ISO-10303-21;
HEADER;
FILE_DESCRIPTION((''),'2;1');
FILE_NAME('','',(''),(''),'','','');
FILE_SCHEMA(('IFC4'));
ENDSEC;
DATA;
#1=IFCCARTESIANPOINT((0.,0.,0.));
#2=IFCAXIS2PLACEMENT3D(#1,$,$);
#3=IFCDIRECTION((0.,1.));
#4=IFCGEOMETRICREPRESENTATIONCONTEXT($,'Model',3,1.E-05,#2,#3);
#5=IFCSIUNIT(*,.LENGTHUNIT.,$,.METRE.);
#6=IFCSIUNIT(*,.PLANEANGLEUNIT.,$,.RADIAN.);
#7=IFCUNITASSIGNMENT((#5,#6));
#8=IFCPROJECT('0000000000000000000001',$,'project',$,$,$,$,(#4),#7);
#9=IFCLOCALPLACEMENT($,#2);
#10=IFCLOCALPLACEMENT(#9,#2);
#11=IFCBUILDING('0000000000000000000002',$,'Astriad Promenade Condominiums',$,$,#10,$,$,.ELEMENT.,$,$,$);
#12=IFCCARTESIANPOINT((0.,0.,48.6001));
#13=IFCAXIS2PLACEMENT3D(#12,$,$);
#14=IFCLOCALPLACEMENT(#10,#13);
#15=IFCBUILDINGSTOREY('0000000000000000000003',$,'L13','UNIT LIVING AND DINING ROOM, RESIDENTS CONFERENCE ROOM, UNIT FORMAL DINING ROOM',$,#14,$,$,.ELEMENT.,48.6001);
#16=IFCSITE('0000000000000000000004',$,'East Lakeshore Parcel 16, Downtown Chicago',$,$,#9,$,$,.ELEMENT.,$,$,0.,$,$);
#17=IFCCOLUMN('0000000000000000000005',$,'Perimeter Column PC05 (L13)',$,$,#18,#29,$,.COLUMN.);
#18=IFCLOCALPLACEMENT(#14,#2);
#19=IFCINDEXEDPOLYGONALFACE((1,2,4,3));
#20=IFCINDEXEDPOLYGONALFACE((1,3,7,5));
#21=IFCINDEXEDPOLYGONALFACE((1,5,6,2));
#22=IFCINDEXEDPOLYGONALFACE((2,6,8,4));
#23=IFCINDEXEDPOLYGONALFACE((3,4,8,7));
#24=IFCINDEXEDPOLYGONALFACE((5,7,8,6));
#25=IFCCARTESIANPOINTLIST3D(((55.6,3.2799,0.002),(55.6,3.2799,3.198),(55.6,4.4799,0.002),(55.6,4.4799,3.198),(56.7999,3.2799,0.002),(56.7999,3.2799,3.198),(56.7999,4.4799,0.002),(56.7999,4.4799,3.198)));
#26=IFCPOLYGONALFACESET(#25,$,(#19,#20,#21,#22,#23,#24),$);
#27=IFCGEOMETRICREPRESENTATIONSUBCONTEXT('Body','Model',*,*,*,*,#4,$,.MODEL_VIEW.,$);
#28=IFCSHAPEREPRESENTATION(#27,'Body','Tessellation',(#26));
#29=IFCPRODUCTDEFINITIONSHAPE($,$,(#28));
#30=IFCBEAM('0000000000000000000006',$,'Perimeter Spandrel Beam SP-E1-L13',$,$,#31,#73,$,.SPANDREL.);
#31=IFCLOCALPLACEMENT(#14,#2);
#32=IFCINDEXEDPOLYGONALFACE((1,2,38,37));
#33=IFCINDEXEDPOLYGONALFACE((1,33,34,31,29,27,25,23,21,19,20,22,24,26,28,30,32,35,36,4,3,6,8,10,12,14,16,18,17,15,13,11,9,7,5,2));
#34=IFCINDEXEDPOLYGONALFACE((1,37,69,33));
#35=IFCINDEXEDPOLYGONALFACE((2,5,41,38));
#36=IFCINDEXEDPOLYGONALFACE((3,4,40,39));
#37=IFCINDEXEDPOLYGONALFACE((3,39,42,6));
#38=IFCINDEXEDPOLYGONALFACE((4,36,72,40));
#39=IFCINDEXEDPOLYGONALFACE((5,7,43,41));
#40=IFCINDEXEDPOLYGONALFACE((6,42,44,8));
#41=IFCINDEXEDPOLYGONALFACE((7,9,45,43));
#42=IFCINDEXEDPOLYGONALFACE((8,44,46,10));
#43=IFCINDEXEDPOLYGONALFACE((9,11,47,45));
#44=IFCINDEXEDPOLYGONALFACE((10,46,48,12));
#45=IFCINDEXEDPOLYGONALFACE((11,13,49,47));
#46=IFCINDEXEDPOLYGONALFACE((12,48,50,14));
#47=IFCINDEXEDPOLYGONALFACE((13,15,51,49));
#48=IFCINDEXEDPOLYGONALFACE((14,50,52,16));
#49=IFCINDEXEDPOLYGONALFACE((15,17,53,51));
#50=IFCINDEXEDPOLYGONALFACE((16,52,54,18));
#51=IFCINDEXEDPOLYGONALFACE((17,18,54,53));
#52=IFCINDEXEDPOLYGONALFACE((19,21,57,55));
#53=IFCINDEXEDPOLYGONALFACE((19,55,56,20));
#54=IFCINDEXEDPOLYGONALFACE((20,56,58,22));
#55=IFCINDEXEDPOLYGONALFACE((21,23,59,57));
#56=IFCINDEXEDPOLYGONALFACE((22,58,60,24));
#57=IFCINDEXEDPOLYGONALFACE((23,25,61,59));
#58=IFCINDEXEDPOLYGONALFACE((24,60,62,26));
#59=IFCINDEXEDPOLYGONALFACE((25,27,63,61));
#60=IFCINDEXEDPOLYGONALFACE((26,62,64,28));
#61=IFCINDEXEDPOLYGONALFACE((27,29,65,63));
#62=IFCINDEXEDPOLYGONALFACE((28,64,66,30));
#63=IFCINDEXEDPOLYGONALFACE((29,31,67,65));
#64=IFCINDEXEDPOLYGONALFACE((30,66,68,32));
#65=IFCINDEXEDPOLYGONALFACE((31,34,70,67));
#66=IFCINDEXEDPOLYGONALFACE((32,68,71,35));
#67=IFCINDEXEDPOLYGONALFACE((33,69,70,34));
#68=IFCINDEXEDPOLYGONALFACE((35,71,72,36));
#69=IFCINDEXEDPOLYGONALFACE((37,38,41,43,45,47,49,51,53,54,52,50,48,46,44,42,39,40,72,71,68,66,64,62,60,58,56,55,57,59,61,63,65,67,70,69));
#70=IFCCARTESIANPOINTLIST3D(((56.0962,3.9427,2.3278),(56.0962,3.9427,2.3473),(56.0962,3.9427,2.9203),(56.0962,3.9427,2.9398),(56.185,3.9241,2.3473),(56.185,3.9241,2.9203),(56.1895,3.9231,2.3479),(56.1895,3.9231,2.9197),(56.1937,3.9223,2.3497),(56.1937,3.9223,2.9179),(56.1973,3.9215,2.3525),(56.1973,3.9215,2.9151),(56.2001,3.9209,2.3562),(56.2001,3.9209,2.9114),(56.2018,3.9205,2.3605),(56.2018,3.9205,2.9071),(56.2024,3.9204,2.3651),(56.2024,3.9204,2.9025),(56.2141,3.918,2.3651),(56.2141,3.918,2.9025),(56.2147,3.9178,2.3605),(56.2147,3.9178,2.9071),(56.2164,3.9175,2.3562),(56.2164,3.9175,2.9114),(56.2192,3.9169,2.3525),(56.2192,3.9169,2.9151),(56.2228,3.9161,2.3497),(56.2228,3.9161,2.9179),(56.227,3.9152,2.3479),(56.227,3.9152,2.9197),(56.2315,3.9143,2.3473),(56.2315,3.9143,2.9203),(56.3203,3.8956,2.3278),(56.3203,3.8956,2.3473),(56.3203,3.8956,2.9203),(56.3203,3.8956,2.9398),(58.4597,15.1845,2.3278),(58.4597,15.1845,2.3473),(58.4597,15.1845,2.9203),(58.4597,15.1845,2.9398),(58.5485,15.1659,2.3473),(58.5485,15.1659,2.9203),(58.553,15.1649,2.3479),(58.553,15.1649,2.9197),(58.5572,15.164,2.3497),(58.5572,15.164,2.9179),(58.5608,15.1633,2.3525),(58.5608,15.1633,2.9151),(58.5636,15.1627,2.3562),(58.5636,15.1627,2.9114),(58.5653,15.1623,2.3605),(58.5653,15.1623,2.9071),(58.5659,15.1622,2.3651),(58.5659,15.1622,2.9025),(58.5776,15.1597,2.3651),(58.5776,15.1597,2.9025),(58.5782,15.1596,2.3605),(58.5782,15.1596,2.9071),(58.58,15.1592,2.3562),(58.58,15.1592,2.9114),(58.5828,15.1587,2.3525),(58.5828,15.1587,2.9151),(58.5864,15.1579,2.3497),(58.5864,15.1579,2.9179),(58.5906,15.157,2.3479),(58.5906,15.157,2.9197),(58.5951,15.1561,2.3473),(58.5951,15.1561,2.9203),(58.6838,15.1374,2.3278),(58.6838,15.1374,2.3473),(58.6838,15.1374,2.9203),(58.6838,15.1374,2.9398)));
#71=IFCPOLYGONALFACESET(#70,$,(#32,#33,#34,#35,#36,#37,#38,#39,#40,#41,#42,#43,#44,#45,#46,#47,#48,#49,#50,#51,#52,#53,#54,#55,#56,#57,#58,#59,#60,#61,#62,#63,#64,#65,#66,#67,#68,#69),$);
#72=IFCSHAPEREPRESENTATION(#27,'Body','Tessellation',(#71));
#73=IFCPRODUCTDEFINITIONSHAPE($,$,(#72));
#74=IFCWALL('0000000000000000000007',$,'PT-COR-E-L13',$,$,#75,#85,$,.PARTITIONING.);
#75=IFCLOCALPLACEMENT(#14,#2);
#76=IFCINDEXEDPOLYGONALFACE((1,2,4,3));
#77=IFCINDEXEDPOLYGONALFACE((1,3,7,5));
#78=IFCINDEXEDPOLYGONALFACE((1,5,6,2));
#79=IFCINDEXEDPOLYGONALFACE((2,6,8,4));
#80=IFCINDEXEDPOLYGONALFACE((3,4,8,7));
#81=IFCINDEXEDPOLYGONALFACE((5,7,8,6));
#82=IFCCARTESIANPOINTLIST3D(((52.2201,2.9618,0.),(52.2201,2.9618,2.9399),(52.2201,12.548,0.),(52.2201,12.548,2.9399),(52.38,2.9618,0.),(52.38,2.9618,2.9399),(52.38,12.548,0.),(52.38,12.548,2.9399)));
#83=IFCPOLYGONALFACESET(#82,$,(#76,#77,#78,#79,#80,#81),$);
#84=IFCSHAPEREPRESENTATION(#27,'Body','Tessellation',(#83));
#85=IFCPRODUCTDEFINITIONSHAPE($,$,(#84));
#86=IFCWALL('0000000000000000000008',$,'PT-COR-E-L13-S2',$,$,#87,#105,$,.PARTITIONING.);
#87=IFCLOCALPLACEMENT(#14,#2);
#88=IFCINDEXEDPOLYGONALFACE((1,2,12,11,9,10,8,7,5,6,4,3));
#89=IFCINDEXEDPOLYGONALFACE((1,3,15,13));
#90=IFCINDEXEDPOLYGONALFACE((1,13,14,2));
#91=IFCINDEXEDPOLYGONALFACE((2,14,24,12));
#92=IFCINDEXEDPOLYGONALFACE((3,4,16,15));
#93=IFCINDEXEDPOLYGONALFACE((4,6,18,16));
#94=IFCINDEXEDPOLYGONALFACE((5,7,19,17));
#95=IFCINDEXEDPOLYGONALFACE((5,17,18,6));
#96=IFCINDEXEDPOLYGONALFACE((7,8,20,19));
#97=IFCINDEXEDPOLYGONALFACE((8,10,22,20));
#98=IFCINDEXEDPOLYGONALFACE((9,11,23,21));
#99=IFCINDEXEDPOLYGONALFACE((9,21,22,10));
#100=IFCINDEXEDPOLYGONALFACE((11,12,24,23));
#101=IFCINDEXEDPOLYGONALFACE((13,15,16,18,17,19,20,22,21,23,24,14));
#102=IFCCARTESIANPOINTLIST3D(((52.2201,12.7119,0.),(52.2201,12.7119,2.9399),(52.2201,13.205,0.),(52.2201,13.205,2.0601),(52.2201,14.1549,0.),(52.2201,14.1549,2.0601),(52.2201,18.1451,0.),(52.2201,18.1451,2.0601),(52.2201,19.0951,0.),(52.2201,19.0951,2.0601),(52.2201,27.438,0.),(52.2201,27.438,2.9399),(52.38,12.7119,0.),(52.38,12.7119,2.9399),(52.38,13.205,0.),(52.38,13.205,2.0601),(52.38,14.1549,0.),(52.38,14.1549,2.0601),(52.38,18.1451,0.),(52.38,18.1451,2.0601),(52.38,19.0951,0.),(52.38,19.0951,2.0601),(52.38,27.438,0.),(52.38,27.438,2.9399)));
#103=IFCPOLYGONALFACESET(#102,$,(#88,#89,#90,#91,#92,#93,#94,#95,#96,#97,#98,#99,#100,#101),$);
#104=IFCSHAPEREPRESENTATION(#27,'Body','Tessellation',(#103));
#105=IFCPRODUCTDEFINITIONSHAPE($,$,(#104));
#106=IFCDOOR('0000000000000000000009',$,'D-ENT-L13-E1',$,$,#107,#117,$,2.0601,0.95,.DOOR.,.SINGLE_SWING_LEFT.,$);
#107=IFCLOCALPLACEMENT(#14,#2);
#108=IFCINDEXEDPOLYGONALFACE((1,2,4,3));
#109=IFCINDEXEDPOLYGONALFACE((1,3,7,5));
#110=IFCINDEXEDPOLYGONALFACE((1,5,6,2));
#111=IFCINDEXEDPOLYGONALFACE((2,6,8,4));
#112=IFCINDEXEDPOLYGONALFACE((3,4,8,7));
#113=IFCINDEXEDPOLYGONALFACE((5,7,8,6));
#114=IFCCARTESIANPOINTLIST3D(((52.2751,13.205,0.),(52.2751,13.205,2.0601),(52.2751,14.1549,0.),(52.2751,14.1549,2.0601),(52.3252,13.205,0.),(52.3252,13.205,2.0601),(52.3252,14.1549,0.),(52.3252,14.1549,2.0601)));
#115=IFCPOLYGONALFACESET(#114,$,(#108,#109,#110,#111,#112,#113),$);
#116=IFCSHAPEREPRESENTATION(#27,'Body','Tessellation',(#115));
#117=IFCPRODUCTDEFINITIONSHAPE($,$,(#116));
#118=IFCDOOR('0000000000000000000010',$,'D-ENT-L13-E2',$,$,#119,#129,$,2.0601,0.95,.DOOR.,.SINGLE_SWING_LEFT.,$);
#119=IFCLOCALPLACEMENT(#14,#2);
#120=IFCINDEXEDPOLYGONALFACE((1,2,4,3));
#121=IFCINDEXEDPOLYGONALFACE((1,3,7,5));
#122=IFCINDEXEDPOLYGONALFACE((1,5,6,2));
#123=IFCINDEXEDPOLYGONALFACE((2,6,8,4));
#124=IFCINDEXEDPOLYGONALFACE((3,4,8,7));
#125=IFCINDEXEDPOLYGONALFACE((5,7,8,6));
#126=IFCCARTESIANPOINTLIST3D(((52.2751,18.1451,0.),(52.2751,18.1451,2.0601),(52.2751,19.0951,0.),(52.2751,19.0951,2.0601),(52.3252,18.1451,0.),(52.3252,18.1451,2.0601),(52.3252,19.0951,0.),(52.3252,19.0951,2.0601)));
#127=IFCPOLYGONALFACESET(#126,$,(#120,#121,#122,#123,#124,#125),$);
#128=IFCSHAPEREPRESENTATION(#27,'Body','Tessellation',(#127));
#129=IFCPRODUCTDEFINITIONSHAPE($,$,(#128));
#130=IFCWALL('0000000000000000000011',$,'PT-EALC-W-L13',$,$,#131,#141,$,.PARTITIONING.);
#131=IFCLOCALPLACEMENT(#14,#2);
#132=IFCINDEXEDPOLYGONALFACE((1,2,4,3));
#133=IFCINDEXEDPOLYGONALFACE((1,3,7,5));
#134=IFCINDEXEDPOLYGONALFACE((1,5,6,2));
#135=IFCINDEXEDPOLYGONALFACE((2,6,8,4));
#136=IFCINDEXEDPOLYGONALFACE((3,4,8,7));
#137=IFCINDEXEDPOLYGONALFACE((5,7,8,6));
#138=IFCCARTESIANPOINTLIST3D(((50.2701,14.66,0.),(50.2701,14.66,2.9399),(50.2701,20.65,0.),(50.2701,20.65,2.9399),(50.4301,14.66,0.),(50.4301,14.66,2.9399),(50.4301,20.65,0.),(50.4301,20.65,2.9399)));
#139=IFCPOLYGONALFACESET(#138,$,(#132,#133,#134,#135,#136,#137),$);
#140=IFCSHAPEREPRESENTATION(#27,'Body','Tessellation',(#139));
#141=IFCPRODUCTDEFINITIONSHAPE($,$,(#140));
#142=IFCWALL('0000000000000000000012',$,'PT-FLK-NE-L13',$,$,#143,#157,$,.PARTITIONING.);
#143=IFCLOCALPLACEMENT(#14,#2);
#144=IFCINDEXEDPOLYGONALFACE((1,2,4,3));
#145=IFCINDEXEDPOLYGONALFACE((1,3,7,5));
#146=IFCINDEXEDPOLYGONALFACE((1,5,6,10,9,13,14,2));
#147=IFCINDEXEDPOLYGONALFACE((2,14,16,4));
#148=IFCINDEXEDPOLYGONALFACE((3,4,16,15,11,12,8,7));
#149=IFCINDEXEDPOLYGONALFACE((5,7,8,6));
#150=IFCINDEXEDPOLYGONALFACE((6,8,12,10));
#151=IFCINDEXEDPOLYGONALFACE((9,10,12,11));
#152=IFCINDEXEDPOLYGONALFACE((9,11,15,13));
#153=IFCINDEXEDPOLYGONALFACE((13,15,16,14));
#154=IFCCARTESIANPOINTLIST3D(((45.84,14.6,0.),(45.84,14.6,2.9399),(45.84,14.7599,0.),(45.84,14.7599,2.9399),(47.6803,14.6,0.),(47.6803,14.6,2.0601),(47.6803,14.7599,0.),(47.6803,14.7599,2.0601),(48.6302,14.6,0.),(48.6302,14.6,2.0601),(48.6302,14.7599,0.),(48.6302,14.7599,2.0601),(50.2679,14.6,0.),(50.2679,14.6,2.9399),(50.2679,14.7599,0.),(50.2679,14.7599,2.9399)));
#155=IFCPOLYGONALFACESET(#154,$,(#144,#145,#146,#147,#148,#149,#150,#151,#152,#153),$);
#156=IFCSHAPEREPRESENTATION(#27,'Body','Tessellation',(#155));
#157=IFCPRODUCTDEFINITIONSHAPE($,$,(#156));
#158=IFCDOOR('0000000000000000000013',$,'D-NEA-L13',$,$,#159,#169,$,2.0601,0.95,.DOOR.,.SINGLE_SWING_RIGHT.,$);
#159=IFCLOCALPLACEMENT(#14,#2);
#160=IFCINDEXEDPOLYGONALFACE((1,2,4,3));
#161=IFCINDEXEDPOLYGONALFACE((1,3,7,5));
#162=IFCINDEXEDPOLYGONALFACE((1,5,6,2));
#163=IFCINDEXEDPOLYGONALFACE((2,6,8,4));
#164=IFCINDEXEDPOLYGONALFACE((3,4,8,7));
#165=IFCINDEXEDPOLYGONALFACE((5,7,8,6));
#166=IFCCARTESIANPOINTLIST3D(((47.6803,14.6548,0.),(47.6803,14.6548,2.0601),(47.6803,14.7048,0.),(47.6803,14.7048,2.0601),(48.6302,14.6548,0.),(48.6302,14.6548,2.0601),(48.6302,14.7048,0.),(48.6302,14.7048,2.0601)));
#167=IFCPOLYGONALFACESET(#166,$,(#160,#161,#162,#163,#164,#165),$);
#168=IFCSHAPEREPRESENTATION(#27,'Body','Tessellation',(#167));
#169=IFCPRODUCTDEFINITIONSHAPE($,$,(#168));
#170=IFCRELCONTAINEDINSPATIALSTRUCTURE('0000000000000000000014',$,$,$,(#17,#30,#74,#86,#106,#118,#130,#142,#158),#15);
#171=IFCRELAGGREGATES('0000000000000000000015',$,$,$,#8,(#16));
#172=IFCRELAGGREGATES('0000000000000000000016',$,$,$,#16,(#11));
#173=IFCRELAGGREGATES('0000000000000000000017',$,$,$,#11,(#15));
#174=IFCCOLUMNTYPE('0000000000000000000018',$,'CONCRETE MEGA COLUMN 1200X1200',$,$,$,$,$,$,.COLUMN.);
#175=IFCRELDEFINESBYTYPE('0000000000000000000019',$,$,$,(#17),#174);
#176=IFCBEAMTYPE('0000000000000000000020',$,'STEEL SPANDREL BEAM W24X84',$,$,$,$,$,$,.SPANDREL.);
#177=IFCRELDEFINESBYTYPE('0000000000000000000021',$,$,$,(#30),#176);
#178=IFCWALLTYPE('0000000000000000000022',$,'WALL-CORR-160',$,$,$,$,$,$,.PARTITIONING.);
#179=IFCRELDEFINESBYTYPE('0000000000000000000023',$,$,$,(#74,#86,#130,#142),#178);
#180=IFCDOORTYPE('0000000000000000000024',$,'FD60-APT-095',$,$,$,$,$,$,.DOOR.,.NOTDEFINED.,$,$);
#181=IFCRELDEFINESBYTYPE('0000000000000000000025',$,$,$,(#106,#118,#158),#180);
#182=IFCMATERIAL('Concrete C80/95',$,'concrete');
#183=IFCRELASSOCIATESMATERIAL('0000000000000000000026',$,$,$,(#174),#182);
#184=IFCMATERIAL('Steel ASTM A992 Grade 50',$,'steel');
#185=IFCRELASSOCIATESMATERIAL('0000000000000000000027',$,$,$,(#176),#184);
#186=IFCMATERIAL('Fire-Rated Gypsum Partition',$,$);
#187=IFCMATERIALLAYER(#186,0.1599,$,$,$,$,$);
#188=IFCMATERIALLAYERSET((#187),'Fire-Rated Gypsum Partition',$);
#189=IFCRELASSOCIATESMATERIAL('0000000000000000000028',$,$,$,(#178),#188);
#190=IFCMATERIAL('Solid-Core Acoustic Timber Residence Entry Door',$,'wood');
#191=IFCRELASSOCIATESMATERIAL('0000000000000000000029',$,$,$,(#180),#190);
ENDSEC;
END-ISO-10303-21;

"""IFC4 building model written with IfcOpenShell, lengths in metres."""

from ifc_helpers import new_model, si_unit, direction, frame, frame_2d, origin, origin_2d, place, context, subcontext, project, spatial, rectangle, i_section, extrude, source, transform, mapped, material, layer, layer_set, material_profile, profile_set, type_object, type_shapes, element, fill, save


model = new_model("IFC4")

# Units and contexts
model_context = context("Model", 3, precision=1e-05, world=origin(), true_north=direction((0.0, 1.0)))
body_context = subcontext(model_context, "Body", "Model", "MODEL_VIEW")
ifc_project = project(units=[si_unit("LENGTHUNIT", "METRE"), si_unit("PLANEANGLEUNIT", "RADIAN")], contexts=[model_context])

# Site, building, storey
site_placement = place(None, origin())
site = spatial("IfcSite", under=ifc_project, at=site_placement, Name="East Lakeshore Parcel 16, Downtown Chicago", CompositionType="ELEMENT", RefElevation=0.0)
building_placement = place(site_placement, origin())
building = spatial("IfcBuilding", under=site, at=building_placement, Name="Astriad Promenade Condominiums", CompositionType="ELEMENT")
storey_placement = place(building_placement, frame((0.0, 0.0, 48.6001)))
storey = spatial("IfcBuildingStorey", under=building, at=storey_placement, Name="L13", Description="UNIT LIVING AND DINING ROOM, RESIDENTS CONFERENCE ROOM, UNIT FORMAL DINING ROOM", CompositionType="ELEMENT", Elevation=48.6001)

# Column
ifc_material_1 = material(Name="Concrete C80/95", Category="concrete")
ifc_material_profile_1 = material_profile(ifc_material_1, rectangle(XDim=1.2, YDim=1.2, at=origin_2d()), Name="RC-COL-1200X1200")
ifc_profile_set_1 = profile_set([ifc_material_profile_1], Name="Concrete C80/95")
column_type = type_object("IfcColumnType", Name="CONCRETE MEGA COLUMN 1200X1200", PredefinedType="COLUMN", material=ifc_profile_set_1)
shared_shape_1 = source(origin(), body_context, "Body", "SweptSolid", [
    extrude(rectangle(XDim=1.2, YDim=1.2, at=origin_2d()), origin(), (0.0, 0.0, 1.0), 3.196),
])
type_shapes(column_type, [shared_shape_1])
column_placement = place(storey_placement, frame((56.2, 3.8799, 0.002), z_axis=(0.0, 0.0, 1.0), x_axis=(1.0, 0.0, 0.0)))
element("IfcColumn", 1, at=column_placement, inside=storey, type_object=column_type, Name="Perimeter Column PC05 (L13)", PredefinedType="COLUMN", context=body_context, shape_type="MappedRepresentation", body=[
    mapped(shared_shape_1, transform((0.0, 0.0, 0.0), scale=1.0)),
])

# Beam
ifc_material_2 = material(Name="Steel ASTM A992 Grade 50", Category="steel")
ifc_material_profile_2 = material_profile(ifc_material_2, i_section(OverallWidth=0.229, OverallDepth=0.6121, WebThickness=0.012, FlangeThickness=0.0195, FilletRadius=0.0178, at=origin_2d()), Name="W24X84")
ifc_profile_set_2 = profile_set([ifc_material_profile_2], Name="Steel ASTM A992 Grade 50")
beam_type = type_object("IfcBeamType", Name="STEEL SPANDREL BEAM W24X84", PredefinedType="SPANDREL", material=ifc_profile_set_2)
shared_shape_2 = source(origin(), body_context, "Body", "SweptSolid", [
    extrude(i_section(OverallWidth=0.229, OverallDepth=0.6121, WebThickness=0.012, FlangeThickness=0.0195, FilletRadius=0.0178, at=origin_2d()), origin(), (0.0, 0.0, 1.0), 11.4875),
])
type_shapes(beam_type, [shared_shape_2])
beam_placement = place(storey_placement, frame((56.2083, 3.9192, 2.6338), z_axis=(0.205748, 0.978605, 0.0), x_axis=(-0.978605, 0.205748, 0.0)))
element("IfcBeam", 2, at=beam_placement, inside=storey, type_object=beam_type, Name="Perimeter Spandrel Beam SP-E1-L13", PredefinedType="SPANDREL", context=body_context, shape_type="MappedRepresentation", body=[
    mapped(shared_shape_2, transform((0.0, 0.0, 0.0), scale=1.0)),
])

# Wall
ifc_material_3 = material(Name="Fire-Rated Gypsum Partition")
ifc_layer_1 = layer(ifc_material_3, 0.1599)
ifc_layer_set_1 = layer_set([ifc_layer_1], Name="Fire-Rated Gypsum Partition")
wall_type_1 = type_object("IfcWallType", Name="WALL-CORR-160", PredefinedType="PARTITIONING", material=ifc_layer_set_1)
wall_1_placement = place(storey_placement, frame((52.3, 2.9619, 0.0), z_axis=(0.0, 0.0, 1.0), x_axis=(0.0, 1.0, 0.0)))
element("IfcWall", 3, at=wall_1_placement, inside=storey, type_object=wall_type_1, Name="PT-COR-E-L13", PredefinedType="PARTITIONING", context=body_context, shape_type="SweptSolid", body=[
    extrude(rectangle(XDim=9.5862, YDim=0.1599, at=frame_2d((4.793, 0.0))), origin(), (0.0, 0.0, 1.0), 2.9399),
])

# Wall, openings, doors
wall_2_placement = place(storey_placement, frame((52.3, 12.7119, 0.0), z_axis=(0.0, 0.0, 1.0), x_axis=(0.0, 1.0, 0.0)))
wall_2 = element("IfcWall", 4, at=wall_2_placement, inside=storey, type_object=wall_type_1, Name="PT-COR-E-L13-S2", PredefinedType="PARTITIONING", context=body_context, shape_type="SweptSolid", body=[
    extrude(rectangle(XDim=14.7261, YDim=0.1599, at=frame_2d((7.363, 0.0))), origin(), (0.0, 0.0, 1.0), 2.9399),
])
opening_1_placement = place(wall_2_placement, frame((0.4929, 0.0, 0.0)))
opening_1 = element("IfcOpeningElement", 5, at=opening_1_placement, cuts=wall_2, PredefinedType="OPENING", context=body_context, shape_type="SweptSolid", body=[
    extrude(rectangle(XDim=0.95, YDim=2.0601, at=frame_2d((0.4751, 1.03))), frame((0.0, 0.0898, 0.0), z_axis=(0.0, -1.0, 0.0), x_axis=(1.0, 0.0, 0.0)), (0.0, 0.0, 1.0), 0.1799),
])
opening_2_placement = place(wall_2_placement, frame((5.4331, 0.0, 0.0)))
opening_2 = element("IfcOpeningElement", 6, at=opening_2_placement, cuts=wall_2, PredefinedType="OPENING", context=body_context, shape_type="SweptSolid", body=[
    extrude(rectangle(XDim=0.95, YDim=2.0601, at=frame_2d((0.4751, 1.03))), frame((0.0, 0.0898, 0.0), z_axis=(0.0, -1.0, 0.0), x_axis=(1.0, 0.0, 0.0)), (0.0, 0.0, 1.0), 0.1799),
])
ifc_material_4 = material(Name="Solid-Core Acoustic Timber Residence Entry Door", Category="wood")
door_type_1 = type_object("IfcDoorType", Name="FD60-APT-095", OperationType="NOTDEFINED", PredefinedType="DOOR", material=ifc_material_4)
shared_shape_3 = source(origin(), body_context, "Body", "SweptSolid", [
    extrude(rectangle(XDim=0.95, YDim=2.0601, at=frame_2d((0.4751, 1.03))), frame((0.0, 0.0249, 0.0), z_axis=(0.0, -1.0, 0.0), x_axis=(1.0, 0.0, 0.0)), (0.0, 0.0, 1.0), 0.05),
])
type_shapes(door_type_1, [shared_shape_3])
door_1_placement = place(opening_1_placement, origin())
door_1 = element("IfcDoor", 7, at=door_1_placement, inside=storey, type_object=door_type_1, Name="D-ENT-L13-E1", OperationType="SINGLE_SWING_LEFT", OverallHeight=2.0601, OverallWidth=0.95, PredefinedType="DOOR", context=body_context, shape_type="MappedRepresentation", body=[
    mapped(shared_shape_3, transform((0.0, 0.0, 0.0), scale=1.0)),
])
fill(opening_1, door_1)
door_2_placement = place(opening_2_placement, origin())
door_2 = element("IfcDoor", 8, at=door_2_placement, inside=storey, type_object=door_type_1, Name="D-ENT-L13-E2", OperationType="SINGLE_SWING_LEFT", OverallHeight=2.0601, OverallWidth=0.95, PredefinedType="DOOR", context=body_context, shape_type="MappedRepresentation", body=[
    mapped(shared_shape_3, transform((0.0, 0.0, 0.0), scale=1.0)),
])
fill(opening_2, door_2)

# Wall
wall_3_placement = place(storey_placement, frame((50.3501, 14.6599, 0.0), z_axis=(0.0, 0.0, 1.0), x_axis=(0.0, 1.0, 0.0)))
element("IfcWall", 9, at=wall_3_placement, inside=storey, type_object=wall_type_1, Name="PT-EALC-W-L13", PredefinedType="PARTITIONING", context=body_context, shape_type="SweptSolid", body=[
    extrude(rectangle(XDim=5.99, YDim=0.1599, at=frame_2d((2.9951, 0.0))), origin(), (0.0, 0.0, 1.0), 2.9399),
])

# Wall, opening, door
wall_4_placement = place(storey_placement, frame((45.8401, 14.6799, 0.0), z_axis=(0.0, 0.0, 1.0), x_axis=(1.0, 0.0, 0.0)))
wall_4 = element("IfcWall", 10, at=wall_4_placement, inside=storey, type_object=wall_type_1, Name="PT-FLK-NE-L13", PredefinedType="PARTITIONING", context=body_context, shape_type="SweptSolid", body=[
    extrude(rectangle(XDim=4.428, YDim=0.1599, at=frame_2d((2.2139, 0.0))), origin(), (0.0, 0.0, 1.0), 2.9399),
])
opening_3_placement = place(wall_4_placement, frame((1.8401, 0.0, 0.0)))
opening_3 = element("IfcOpeningElement", 11, at=opening_3_placement, cuts=wall_4, PredefinedType="OPENING", context=body_context, shape_type="SweptSolid", body=[
    extrude(rectangle(XDim=0.95, YDim=2.0601, at=frame_2d((0.4751, 1.03))), frame((0.0, 0.0898, 0.0), z_axis=(0.0, -1.0, 0.0), x_axis=(1.0, 0.0, 0.0)), (0.0, 0.0, 1.0), 0.1799),
])
door_3_placement = place(opening_3_placement, origin())
door_3 = element("IfcDoor", 12, at=door_3_placement, inside=storey, type_object=door_type_1, Name="D-NEA-L13", OperationType="SINGLE_SWING_RIGHT", OverallHeight=2.0601, OverallWidth=0.95, PredefinedType="DOOR", context=body_context, shape_type="MappedRepresentation", body=[
    mapped(shared_shape_3, transform((0.0, 0.0, 0.0), scale=1.0)),
])
fill(opening_3, door_3)

save(model, "model.ifc")
